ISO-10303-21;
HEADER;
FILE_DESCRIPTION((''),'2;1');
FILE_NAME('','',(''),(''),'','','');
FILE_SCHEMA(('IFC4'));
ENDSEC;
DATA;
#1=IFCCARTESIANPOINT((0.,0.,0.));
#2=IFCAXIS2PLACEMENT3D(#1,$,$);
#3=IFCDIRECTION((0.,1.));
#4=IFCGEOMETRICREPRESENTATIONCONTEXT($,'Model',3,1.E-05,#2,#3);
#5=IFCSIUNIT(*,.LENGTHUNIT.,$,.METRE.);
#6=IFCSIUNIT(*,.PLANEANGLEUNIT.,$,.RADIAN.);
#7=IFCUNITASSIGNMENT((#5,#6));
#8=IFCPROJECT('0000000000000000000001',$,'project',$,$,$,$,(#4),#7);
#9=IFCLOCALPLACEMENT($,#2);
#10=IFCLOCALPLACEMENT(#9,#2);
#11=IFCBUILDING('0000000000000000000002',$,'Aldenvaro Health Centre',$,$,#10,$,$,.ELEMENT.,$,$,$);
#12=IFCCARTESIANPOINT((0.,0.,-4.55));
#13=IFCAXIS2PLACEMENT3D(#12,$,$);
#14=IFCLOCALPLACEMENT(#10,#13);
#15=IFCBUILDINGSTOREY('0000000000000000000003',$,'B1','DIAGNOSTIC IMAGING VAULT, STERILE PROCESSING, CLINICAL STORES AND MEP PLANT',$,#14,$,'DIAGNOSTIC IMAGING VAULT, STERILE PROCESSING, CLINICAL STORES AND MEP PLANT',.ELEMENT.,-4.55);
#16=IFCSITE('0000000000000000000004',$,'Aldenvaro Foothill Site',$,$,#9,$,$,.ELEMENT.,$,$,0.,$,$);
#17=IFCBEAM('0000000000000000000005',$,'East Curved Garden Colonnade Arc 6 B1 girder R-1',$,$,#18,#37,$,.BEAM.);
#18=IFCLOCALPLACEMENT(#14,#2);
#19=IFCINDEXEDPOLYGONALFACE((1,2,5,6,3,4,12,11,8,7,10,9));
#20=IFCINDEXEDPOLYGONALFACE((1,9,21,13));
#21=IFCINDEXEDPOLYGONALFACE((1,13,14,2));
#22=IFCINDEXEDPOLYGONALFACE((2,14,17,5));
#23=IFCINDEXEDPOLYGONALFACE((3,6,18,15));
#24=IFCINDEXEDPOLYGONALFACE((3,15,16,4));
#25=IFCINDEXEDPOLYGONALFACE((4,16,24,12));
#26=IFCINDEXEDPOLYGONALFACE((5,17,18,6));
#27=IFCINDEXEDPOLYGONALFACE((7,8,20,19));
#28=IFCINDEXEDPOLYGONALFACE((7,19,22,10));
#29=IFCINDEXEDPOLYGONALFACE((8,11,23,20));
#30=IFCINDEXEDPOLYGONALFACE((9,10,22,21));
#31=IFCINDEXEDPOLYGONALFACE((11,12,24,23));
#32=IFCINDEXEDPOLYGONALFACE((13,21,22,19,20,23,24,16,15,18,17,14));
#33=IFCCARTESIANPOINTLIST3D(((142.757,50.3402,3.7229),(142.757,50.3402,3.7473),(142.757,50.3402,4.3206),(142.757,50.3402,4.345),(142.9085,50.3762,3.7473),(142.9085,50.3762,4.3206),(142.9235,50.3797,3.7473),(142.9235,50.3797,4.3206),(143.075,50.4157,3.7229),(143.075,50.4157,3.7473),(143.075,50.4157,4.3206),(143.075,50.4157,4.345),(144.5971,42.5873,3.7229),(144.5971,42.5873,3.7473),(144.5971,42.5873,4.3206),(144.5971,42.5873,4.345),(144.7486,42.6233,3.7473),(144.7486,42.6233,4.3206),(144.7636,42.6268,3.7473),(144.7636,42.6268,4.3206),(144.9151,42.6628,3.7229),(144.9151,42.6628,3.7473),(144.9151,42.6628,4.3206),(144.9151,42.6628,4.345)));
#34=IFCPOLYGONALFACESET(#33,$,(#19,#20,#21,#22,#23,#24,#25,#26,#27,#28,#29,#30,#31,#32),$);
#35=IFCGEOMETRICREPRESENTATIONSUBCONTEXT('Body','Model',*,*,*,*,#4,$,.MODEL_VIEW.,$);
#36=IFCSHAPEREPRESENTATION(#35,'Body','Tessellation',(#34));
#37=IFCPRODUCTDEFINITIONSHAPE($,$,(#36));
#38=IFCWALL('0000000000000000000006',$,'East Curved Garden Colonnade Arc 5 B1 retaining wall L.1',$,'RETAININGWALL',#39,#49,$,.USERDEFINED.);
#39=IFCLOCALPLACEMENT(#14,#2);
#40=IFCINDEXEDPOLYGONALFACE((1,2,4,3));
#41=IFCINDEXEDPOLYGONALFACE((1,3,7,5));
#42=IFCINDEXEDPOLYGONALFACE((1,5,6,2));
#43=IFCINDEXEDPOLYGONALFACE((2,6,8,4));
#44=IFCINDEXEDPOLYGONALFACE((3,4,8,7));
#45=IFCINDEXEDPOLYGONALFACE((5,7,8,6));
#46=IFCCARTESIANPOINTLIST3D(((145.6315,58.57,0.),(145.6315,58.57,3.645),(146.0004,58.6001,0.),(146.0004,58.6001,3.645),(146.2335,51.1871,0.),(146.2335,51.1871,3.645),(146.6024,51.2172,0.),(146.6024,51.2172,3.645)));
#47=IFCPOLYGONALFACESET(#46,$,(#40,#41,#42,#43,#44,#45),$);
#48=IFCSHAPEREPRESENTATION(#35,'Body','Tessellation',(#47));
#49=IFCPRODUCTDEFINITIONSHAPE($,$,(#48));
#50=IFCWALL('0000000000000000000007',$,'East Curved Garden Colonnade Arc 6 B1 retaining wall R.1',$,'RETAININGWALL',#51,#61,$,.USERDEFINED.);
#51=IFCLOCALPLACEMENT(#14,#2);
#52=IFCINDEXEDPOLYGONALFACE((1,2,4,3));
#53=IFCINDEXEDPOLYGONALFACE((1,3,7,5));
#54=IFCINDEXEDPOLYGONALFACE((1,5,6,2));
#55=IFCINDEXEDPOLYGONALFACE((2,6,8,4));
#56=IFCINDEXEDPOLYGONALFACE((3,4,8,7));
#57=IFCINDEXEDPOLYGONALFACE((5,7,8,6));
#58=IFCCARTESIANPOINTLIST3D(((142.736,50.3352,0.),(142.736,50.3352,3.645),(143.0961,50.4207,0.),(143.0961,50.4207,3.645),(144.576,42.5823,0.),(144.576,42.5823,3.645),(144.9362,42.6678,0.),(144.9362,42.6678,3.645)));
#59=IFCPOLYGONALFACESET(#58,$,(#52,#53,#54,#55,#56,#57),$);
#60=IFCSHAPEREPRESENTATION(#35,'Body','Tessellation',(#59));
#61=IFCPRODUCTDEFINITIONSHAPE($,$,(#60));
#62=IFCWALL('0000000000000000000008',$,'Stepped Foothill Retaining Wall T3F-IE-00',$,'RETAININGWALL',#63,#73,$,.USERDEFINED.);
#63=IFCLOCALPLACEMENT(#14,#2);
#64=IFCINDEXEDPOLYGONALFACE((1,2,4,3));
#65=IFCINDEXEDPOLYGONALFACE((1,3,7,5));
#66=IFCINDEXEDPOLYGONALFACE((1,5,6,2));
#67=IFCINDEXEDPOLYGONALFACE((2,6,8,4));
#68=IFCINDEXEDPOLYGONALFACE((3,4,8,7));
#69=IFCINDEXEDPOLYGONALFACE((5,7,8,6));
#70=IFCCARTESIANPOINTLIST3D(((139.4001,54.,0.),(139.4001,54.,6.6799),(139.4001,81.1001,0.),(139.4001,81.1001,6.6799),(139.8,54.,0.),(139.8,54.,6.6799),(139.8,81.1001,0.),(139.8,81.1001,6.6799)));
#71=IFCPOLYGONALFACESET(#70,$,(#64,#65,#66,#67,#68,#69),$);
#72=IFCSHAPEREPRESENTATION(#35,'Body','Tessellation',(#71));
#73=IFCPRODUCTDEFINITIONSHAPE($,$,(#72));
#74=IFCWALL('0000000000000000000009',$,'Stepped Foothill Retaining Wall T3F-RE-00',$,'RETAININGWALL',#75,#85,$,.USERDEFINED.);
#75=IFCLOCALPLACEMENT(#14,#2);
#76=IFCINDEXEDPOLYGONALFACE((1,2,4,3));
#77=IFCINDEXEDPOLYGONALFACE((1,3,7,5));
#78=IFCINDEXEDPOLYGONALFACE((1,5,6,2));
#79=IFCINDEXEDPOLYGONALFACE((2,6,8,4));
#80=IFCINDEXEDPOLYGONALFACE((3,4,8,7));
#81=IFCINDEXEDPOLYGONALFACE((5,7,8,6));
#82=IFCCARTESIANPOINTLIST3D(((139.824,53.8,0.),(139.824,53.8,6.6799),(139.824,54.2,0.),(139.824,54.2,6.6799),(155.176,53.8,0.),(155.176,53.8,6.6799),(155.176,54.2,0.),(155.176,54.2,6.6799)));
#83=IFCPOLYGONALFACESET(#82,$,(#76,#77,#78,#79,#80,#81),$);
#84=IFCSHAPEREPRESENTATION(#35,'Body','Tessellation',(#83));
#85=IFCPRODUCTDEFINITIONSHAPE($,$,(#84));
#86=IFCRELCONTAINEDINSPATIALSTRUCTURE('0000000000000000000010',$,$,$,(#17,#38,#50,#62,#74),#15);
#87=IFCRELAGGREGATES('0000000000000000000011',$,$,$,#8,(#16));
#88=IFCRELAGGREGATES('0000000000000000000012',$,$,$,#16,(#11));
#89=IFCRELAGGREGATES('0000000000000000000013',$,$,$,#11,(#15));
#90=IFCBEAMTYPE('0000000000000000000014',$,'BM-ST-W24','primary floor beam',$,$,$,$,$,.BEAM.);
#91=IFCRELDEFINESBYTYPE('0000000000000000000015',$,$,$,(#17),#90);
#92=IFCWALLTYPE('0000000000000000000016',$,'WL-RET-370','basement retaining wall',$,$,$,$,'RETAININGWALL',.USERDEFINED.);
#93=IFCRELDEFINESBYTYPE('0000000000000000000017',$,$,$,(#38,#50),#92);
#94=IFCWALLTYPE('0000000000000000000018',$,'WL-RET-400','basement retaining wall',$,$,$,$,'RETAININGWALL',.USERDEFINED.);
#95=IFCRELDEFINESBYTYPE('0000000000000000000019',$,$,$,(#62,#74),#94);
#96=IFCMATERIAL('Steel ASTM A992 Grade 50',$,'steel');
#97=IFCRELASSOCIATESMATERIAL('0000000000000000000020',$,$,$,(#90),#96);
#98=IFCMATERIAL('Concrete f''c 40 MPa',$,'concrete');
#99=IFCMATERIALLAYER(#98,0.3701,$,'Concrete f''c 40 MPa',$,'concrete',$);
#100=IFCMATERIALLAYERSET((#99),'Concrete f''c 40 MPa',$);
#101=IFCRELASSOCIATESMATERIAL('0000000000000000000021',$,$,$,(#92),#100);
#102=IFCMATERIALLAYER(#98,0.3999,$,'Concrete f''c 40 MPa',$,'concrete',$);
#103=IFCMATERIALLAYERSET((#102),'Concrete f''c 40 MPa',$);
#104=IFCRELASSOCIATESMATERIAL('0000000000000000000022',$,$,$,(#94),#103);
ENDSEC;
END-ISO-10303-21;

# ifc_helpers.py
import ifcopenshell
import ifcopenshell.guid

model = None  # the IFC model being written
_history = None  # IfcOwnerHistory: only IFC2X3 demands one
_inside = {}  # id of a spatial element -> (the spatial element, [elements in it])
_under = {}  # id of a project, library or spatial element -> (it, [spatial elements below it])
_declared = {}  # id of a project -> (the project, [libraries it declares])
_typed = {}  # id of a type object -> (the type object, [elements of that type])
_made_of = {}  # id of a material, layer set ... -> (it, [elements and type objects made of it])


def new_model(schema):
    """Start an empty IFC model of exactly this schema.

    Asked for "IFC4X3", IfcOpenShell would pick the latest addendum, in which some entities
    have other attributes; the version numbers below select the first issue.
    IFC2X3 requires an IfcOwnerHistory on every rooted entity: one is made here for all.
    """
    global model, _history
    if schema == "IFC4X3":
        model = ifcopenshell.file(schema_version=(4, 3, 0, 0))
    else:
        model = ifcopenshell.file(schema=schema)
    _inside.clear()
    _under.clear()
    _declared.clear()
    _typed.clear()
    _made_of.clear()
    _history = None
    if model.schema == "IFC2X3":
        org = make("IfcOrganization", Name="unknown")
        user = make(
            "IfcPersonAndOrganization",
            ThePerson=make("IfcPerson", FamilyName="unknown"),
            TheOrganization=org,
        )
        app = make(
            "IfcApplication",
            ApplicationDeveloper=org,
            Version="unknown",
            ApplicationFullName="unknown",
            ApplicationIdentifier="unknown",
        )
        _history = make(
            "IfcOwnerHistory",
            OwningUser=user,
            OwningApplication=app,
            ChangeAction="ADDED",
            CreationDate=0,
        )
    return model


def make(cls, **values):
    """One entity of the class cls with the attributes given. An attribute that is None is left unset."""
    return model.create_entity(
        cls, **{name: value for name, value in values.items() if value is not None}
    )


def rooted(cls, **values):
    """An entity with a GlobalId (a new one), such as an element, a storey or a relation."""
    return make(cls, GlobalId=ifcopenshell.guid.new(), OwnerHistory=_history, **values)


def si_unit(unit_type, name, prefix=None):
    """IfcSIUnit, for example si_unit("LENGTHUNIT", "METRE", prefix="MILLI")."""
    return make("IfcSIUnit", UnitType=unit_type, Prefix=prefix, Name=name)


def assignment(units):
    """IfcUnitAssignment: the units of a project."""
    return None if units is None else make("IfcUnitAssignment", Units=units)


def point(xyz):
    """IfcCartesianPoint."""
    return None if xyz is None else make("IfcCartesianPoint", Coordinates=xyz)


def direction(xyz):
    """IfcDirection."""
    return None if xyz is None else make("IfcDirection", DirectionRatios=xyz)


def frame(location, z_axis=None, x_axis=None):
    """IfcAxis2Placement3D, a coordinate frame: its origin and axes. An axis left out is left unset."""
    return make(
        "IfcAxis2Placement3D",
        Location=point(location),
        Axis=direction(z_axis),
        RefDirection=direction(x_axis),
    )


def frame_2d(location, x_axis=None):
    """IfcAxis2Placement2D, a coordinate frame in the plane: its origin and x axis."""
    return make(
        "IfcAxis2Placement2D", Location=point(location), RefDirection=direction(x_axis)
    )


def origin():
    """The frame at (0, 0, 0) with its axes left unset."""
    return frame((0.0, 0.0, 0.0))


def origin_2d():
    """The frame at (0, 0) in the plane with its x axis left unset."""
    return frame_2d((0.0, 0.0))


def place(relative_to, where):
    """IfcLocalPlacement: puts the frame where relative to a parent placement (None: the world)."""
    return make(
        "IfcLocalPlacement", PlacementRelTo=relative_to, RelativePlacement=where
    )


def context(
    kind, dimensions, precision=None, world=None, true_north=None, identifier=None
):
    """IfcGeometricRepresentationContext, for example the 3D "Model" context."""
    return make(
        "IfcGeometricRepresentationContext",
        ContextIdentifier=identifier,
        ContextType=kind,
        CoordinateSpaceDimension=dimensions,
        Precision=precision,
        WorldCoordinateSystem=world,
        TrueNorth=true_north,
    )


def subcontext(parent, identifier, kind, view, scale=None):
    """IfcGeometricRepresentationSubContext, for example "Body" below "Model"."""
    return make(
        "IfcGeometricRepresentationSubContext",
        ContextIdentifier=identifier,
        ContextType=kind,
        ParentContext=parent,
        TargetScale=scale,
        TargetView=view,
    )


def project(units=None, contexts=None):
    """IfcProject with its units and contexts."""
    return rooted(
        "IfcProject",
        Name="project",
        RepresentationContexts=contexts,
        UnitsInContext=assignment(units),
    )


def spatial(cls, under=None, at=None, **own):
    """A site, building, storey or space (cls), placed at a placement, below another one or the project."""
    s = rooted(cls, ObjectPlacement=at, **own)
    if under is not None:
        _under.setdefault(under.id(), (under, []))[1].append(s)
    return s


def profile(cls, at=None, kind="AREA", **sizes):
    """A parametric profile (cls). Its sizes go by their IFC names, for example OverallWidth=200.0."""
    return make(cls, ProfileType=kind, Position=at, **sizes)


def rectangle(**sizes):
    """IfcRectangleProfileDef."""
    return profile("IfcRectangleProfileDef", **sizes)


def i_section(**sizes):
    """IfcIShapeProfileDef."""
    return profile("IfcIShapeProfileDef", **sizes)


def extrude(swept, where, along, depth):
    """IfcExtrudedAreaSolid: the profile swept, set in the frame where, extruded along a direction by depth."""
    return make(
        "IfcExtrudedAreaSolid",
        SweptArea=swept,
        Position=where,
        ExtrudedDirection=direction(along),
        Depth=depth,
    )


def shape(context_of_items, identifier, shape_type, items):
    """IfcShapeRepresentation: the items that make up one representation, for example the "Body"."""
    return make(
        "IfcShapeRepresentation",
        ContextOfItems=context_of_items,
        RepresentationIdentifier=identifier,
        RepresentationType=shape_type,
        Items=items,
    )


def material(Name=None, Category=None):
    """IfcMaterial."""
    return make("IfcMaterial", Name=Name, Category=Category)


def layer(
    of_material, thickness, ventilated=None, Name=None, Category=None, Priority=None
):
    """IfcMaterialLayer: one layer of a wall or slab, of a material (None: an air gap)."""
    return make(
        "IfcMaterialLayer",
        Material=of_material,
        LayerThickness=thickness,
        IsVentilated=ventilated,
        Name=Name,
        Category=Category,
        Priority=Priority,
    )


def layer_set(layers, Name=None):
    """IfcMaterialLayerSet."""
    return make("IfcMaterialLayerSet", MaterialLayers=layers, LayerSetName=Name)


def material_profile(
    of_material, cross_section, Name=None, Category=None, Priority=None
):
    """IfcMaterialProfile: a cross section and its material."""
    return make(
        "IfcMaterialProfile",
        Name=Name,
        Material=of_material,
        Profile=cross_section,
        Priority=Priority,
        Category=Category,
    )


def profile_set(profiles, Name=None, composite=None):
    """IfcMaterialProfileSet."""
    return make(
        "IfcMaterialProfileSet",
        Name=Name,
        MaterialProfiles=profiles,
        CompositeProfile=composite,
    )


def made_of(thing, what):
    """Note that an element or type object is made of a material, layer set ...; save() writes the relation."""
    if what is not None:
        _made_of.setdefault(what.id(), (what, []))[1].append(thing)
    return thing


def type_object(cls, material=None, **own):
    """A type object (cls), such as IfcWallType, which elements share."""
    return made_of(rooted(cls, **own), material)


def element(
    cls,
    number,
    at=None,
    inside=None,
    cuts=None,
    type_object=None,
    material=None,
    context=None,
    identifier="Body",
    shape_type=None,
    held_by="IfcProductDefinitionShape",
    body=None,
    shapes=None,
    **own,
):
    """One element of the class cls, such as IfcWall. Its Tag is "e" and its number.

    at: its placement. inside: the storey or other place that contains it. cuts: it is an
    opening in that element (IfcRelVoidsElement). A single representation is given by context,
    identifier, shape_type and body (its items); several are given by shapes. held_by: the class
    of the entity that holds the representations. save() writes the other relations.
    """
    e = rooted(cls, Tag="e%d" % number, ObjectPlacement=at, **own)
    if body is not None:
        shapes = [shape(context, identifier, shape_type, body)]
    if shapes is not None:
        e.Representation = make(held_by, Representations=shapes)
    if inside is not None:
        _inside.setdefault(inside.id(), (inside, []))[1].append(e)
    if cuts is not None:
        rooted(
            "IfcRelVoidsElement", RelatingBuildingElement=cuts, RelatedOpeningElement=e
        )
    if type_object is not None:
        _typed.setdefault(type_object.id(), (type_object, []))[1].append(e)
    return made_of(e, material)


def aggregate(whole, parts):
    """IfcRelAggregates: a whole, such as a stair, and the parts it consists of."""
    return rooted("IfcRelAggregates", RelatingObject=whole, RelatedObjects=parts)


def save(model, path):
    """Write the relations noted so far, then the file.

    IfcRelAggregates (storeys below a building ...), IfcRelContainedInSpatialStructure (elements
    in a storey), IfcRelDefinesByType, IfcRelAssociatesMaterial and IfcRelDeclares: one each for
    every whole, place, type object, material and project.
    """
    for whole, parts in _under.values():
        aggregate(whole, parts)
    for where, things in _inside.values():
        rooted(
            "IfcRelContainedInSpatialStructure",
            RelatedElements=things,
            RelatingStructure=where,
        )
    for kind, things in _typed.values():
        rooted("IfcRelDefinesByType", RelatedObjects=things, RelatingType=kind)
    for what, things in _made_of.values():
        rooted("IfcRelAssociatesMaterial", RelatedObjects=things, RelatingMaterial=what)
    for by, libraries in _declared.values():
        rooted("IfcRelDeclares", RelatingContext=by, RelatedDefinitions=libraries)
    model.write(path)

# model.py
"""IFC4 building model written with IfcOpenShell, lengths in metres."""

from ifc_helpers import new_model, si_unit, direction, frame, frame_2d, origin, origin_2d, place, context, subcontext, project, spatial, rectangle, i_section, extrude, material, layer, layer_set, material_profile, profile_set, type_object, element, save


model = new_model("IFC4")

# Units and contexts
model_context = context("Model", 3, precision=1e-05, world=origin(), true_north=direction((0.0, 1.0)))
body_context = subcontext(model_context, "Body", "Model", "MODEL_VIEW")
ifc_project = project(units=[si_unit("LENGTHUNIT", "METRE"), si_unit("PLANEANGLEUNIT", "RADIAN")], contexts=[model_context])

# Site, building, storey
site_placement = place(None, origin())
site = spatial("IfcSite", under=ifc_project, at=site_placement, Name="Aldenvaro Foothill Site", CompositionType="ELEMENT", RefElevation=0.0)
building_placement = place(site_placement, origin())
building = spatial("IfcBuilding", under=site, at=building_placement, Name="Aldenvaro Health Centre", CompositionType="ELEMENT")
storey_placement = place(building_placement, frame((0.0, 0.0, -4.55)))
storey = spatial("IfcBuildingStorey", under=building, at=storey_placement, Name="B1", Description="DIAGNOSTIC IMAGING VAULT, STERILE PROCESSING, CLINICAL STORES AND MEP PLANT", LongName="DIAGNOSTIC IMAGING VAULT, STERILE PROCESSING, CLINICAL STORES AND MEP PLANT", CompositionType="ELEMENT", Elevation=-4.55)

# Shared definitions
ifc_material_1 = material(Name="Concrete f'c 40 MPa", Category="concrete")

# Beam
ifc_material_2 = material(Name="Steel ASTM A992 Grade 50", Category="steel")
ifc_material_profile_1 = material_profile(ifc_material_2, i_section(OverallWidth=0.3269, OverallDepth=0.6221, WebThickness=0.0154, FlangeThickness=0.0244, at=origin_2d()), Name="W24X131", Category="steel")
ifc_profile_set_1 = profile_set([ifc_material_profile_1], Name="Steel ASTM A992 Grade 50")
beam_type_1 = type_object("IfcBeamType", Name="BM-ST-W24", Description="primary floor beam", PredefinedType="BEAM", material=ifc_profile_set_1)
beam_1_placement = place(storey_placement, frame((142.916, 50.3779, 4.0339), z_axis=(0.230926, -0.972971, 0.0), x_axis=(0.972971, 0.230926, 0.0)))
element("IfcBeam", 1, at=beam_1_placement, inside=storey, type_object=beam_type_1, Name="East Curved Garden Colonnade Arc 6 B1 girder R-1", PredefinedType="BEAM", context=body_context, shape_type="SweptSolid", body=[
    extrude(i_section(OverallWidth=0.3269, OverallDepth=0.6221, WebThickness=0.0154, FlangeThickness=0.0244, at=origin_2d()), origin(), (0.0, 0.0, 1.0), 7.9683),
])

# Walls
ifc_layer_1 = layer(ifc_material_1, 0.3701, Name="Concrete f'c 40 MPa", Category="concrete")
ifc_layer_set_1 = layer_set([ifc_layer_1], Name="Concrete f'c 40 MPa")
wall_type_1 = type_object("IfcWallType", Name="WL-RET-370", Description="basement retaining wall", ElementType="RETAININGWALL", PredefinedType="USERDEFINED", material=ifc_layer_set_1)
wall_1_placement = place(storey_placement, frame((145.8159, 58.585, 0.0), z_axis=(0.0, 0.0, 1.0), x_axis=(0.081275, -0.996692, 0.0)))
element("IfcWall", 2, at=wall_1_placement, inside=storey, type_object=wall_type_1, Name="East Curved Garden Colonnade Arc 5 B1 retaining wall L.1", ObjectType="RETAININGWALL", PredefinedType="USERDEFINED", context=body_context, shape_type="SweptSolid", body=[
    extrude(rectangle(XDim=7.4075, YDim=0.3701, at=frame_2d((3.7036, 0.0))), origin(), (0.0, 0.0, 1.0), 3.645),
])
wall_2_placement = place(storey_placement, frame((142.916, 50.3779, 0.0), z_axis=(0.0, 0.0, 1.0), x_axis=(0.230926, -0.972971, 0.0)))
element("IfcWall", 3, at=wall_2_placement, inside=storey, type_object=wall_type_1, Name="East Curved Garden Colonnade Arc 6 B1 retaining wall R.1", ObjectType="RETAININGWALL", PredefinedType="USERDEFINED", context=body_context, shape_type="SweptSolid", body=[
    extrude(rectangle(XDim=7.9683, YDim=0.3701, at=frame_2d((3.9841, 0.0))), origin(), (0.0, 0.0, 1.0), 3.645),
])
ifc_layer_2 = layer(ifc_material_1, 0.3999, Name="Concrete f'c 40 MPa", Category="concrete")
ifc_layer_set_2 = layer_set([ifc_layer_2], Name="Concrete f'c 40 MPa")
wall_type_2 = type_object("IfcWallType", Name="WL-RET-400", Description="basement retaining wall", ElementType="RETAININGWALL", PredefinedType="USERDEFINED", material=ifc_layer_set_2)
wall_3_placement = place(storey_placement, frame((139.6001, 54.0, 0.0), z_axis=(0.0, 0.0, 1.0), x_axis=(0.0, 1.0, 0.0)))
element("IfcWall", 4, at=wall_3_placement, inside=storey, type_object=wall_type_2, Name="Stepped Foothill Retaining Wall T3F-IE-00", ObjectType="RETAININGWALL", PredefinedType="USERDEFINED", context=body_context, shape_type="SweptSolid", body=[
    extrude(rectangle(XDim=27.1001, YDim=0.3999, at=frame_2d((13.55, 0.0))), origin(), (0.0, 0.0, 1.0), 6.6799),
])
wall_4_placement = place(storey_placement, frame((139.824, 54.0, 0.0), z_axis=(0.0, 0.0, 1.0), x_axis=(1.0, 0.0, 0.0)))
element("IfcWall", 5, at=wall_4_placement, inside=storey, type_object=wall_type_2, Name="Stepped Foothill Retaining Wall T3F-RE-00", ObjectType="RETAININGWALL", PredefinedType="USERDEFINED", context=body_context, shape_type="SweptSolid", body=[
    extrude(rectangle(XDim=15.3521, YDim=0.3999, at=frame_2d((7.676, 0.0))), origin(), (0.0, 0.0, 1.0), 6.6799),
])

save(model, "model.ifc")
